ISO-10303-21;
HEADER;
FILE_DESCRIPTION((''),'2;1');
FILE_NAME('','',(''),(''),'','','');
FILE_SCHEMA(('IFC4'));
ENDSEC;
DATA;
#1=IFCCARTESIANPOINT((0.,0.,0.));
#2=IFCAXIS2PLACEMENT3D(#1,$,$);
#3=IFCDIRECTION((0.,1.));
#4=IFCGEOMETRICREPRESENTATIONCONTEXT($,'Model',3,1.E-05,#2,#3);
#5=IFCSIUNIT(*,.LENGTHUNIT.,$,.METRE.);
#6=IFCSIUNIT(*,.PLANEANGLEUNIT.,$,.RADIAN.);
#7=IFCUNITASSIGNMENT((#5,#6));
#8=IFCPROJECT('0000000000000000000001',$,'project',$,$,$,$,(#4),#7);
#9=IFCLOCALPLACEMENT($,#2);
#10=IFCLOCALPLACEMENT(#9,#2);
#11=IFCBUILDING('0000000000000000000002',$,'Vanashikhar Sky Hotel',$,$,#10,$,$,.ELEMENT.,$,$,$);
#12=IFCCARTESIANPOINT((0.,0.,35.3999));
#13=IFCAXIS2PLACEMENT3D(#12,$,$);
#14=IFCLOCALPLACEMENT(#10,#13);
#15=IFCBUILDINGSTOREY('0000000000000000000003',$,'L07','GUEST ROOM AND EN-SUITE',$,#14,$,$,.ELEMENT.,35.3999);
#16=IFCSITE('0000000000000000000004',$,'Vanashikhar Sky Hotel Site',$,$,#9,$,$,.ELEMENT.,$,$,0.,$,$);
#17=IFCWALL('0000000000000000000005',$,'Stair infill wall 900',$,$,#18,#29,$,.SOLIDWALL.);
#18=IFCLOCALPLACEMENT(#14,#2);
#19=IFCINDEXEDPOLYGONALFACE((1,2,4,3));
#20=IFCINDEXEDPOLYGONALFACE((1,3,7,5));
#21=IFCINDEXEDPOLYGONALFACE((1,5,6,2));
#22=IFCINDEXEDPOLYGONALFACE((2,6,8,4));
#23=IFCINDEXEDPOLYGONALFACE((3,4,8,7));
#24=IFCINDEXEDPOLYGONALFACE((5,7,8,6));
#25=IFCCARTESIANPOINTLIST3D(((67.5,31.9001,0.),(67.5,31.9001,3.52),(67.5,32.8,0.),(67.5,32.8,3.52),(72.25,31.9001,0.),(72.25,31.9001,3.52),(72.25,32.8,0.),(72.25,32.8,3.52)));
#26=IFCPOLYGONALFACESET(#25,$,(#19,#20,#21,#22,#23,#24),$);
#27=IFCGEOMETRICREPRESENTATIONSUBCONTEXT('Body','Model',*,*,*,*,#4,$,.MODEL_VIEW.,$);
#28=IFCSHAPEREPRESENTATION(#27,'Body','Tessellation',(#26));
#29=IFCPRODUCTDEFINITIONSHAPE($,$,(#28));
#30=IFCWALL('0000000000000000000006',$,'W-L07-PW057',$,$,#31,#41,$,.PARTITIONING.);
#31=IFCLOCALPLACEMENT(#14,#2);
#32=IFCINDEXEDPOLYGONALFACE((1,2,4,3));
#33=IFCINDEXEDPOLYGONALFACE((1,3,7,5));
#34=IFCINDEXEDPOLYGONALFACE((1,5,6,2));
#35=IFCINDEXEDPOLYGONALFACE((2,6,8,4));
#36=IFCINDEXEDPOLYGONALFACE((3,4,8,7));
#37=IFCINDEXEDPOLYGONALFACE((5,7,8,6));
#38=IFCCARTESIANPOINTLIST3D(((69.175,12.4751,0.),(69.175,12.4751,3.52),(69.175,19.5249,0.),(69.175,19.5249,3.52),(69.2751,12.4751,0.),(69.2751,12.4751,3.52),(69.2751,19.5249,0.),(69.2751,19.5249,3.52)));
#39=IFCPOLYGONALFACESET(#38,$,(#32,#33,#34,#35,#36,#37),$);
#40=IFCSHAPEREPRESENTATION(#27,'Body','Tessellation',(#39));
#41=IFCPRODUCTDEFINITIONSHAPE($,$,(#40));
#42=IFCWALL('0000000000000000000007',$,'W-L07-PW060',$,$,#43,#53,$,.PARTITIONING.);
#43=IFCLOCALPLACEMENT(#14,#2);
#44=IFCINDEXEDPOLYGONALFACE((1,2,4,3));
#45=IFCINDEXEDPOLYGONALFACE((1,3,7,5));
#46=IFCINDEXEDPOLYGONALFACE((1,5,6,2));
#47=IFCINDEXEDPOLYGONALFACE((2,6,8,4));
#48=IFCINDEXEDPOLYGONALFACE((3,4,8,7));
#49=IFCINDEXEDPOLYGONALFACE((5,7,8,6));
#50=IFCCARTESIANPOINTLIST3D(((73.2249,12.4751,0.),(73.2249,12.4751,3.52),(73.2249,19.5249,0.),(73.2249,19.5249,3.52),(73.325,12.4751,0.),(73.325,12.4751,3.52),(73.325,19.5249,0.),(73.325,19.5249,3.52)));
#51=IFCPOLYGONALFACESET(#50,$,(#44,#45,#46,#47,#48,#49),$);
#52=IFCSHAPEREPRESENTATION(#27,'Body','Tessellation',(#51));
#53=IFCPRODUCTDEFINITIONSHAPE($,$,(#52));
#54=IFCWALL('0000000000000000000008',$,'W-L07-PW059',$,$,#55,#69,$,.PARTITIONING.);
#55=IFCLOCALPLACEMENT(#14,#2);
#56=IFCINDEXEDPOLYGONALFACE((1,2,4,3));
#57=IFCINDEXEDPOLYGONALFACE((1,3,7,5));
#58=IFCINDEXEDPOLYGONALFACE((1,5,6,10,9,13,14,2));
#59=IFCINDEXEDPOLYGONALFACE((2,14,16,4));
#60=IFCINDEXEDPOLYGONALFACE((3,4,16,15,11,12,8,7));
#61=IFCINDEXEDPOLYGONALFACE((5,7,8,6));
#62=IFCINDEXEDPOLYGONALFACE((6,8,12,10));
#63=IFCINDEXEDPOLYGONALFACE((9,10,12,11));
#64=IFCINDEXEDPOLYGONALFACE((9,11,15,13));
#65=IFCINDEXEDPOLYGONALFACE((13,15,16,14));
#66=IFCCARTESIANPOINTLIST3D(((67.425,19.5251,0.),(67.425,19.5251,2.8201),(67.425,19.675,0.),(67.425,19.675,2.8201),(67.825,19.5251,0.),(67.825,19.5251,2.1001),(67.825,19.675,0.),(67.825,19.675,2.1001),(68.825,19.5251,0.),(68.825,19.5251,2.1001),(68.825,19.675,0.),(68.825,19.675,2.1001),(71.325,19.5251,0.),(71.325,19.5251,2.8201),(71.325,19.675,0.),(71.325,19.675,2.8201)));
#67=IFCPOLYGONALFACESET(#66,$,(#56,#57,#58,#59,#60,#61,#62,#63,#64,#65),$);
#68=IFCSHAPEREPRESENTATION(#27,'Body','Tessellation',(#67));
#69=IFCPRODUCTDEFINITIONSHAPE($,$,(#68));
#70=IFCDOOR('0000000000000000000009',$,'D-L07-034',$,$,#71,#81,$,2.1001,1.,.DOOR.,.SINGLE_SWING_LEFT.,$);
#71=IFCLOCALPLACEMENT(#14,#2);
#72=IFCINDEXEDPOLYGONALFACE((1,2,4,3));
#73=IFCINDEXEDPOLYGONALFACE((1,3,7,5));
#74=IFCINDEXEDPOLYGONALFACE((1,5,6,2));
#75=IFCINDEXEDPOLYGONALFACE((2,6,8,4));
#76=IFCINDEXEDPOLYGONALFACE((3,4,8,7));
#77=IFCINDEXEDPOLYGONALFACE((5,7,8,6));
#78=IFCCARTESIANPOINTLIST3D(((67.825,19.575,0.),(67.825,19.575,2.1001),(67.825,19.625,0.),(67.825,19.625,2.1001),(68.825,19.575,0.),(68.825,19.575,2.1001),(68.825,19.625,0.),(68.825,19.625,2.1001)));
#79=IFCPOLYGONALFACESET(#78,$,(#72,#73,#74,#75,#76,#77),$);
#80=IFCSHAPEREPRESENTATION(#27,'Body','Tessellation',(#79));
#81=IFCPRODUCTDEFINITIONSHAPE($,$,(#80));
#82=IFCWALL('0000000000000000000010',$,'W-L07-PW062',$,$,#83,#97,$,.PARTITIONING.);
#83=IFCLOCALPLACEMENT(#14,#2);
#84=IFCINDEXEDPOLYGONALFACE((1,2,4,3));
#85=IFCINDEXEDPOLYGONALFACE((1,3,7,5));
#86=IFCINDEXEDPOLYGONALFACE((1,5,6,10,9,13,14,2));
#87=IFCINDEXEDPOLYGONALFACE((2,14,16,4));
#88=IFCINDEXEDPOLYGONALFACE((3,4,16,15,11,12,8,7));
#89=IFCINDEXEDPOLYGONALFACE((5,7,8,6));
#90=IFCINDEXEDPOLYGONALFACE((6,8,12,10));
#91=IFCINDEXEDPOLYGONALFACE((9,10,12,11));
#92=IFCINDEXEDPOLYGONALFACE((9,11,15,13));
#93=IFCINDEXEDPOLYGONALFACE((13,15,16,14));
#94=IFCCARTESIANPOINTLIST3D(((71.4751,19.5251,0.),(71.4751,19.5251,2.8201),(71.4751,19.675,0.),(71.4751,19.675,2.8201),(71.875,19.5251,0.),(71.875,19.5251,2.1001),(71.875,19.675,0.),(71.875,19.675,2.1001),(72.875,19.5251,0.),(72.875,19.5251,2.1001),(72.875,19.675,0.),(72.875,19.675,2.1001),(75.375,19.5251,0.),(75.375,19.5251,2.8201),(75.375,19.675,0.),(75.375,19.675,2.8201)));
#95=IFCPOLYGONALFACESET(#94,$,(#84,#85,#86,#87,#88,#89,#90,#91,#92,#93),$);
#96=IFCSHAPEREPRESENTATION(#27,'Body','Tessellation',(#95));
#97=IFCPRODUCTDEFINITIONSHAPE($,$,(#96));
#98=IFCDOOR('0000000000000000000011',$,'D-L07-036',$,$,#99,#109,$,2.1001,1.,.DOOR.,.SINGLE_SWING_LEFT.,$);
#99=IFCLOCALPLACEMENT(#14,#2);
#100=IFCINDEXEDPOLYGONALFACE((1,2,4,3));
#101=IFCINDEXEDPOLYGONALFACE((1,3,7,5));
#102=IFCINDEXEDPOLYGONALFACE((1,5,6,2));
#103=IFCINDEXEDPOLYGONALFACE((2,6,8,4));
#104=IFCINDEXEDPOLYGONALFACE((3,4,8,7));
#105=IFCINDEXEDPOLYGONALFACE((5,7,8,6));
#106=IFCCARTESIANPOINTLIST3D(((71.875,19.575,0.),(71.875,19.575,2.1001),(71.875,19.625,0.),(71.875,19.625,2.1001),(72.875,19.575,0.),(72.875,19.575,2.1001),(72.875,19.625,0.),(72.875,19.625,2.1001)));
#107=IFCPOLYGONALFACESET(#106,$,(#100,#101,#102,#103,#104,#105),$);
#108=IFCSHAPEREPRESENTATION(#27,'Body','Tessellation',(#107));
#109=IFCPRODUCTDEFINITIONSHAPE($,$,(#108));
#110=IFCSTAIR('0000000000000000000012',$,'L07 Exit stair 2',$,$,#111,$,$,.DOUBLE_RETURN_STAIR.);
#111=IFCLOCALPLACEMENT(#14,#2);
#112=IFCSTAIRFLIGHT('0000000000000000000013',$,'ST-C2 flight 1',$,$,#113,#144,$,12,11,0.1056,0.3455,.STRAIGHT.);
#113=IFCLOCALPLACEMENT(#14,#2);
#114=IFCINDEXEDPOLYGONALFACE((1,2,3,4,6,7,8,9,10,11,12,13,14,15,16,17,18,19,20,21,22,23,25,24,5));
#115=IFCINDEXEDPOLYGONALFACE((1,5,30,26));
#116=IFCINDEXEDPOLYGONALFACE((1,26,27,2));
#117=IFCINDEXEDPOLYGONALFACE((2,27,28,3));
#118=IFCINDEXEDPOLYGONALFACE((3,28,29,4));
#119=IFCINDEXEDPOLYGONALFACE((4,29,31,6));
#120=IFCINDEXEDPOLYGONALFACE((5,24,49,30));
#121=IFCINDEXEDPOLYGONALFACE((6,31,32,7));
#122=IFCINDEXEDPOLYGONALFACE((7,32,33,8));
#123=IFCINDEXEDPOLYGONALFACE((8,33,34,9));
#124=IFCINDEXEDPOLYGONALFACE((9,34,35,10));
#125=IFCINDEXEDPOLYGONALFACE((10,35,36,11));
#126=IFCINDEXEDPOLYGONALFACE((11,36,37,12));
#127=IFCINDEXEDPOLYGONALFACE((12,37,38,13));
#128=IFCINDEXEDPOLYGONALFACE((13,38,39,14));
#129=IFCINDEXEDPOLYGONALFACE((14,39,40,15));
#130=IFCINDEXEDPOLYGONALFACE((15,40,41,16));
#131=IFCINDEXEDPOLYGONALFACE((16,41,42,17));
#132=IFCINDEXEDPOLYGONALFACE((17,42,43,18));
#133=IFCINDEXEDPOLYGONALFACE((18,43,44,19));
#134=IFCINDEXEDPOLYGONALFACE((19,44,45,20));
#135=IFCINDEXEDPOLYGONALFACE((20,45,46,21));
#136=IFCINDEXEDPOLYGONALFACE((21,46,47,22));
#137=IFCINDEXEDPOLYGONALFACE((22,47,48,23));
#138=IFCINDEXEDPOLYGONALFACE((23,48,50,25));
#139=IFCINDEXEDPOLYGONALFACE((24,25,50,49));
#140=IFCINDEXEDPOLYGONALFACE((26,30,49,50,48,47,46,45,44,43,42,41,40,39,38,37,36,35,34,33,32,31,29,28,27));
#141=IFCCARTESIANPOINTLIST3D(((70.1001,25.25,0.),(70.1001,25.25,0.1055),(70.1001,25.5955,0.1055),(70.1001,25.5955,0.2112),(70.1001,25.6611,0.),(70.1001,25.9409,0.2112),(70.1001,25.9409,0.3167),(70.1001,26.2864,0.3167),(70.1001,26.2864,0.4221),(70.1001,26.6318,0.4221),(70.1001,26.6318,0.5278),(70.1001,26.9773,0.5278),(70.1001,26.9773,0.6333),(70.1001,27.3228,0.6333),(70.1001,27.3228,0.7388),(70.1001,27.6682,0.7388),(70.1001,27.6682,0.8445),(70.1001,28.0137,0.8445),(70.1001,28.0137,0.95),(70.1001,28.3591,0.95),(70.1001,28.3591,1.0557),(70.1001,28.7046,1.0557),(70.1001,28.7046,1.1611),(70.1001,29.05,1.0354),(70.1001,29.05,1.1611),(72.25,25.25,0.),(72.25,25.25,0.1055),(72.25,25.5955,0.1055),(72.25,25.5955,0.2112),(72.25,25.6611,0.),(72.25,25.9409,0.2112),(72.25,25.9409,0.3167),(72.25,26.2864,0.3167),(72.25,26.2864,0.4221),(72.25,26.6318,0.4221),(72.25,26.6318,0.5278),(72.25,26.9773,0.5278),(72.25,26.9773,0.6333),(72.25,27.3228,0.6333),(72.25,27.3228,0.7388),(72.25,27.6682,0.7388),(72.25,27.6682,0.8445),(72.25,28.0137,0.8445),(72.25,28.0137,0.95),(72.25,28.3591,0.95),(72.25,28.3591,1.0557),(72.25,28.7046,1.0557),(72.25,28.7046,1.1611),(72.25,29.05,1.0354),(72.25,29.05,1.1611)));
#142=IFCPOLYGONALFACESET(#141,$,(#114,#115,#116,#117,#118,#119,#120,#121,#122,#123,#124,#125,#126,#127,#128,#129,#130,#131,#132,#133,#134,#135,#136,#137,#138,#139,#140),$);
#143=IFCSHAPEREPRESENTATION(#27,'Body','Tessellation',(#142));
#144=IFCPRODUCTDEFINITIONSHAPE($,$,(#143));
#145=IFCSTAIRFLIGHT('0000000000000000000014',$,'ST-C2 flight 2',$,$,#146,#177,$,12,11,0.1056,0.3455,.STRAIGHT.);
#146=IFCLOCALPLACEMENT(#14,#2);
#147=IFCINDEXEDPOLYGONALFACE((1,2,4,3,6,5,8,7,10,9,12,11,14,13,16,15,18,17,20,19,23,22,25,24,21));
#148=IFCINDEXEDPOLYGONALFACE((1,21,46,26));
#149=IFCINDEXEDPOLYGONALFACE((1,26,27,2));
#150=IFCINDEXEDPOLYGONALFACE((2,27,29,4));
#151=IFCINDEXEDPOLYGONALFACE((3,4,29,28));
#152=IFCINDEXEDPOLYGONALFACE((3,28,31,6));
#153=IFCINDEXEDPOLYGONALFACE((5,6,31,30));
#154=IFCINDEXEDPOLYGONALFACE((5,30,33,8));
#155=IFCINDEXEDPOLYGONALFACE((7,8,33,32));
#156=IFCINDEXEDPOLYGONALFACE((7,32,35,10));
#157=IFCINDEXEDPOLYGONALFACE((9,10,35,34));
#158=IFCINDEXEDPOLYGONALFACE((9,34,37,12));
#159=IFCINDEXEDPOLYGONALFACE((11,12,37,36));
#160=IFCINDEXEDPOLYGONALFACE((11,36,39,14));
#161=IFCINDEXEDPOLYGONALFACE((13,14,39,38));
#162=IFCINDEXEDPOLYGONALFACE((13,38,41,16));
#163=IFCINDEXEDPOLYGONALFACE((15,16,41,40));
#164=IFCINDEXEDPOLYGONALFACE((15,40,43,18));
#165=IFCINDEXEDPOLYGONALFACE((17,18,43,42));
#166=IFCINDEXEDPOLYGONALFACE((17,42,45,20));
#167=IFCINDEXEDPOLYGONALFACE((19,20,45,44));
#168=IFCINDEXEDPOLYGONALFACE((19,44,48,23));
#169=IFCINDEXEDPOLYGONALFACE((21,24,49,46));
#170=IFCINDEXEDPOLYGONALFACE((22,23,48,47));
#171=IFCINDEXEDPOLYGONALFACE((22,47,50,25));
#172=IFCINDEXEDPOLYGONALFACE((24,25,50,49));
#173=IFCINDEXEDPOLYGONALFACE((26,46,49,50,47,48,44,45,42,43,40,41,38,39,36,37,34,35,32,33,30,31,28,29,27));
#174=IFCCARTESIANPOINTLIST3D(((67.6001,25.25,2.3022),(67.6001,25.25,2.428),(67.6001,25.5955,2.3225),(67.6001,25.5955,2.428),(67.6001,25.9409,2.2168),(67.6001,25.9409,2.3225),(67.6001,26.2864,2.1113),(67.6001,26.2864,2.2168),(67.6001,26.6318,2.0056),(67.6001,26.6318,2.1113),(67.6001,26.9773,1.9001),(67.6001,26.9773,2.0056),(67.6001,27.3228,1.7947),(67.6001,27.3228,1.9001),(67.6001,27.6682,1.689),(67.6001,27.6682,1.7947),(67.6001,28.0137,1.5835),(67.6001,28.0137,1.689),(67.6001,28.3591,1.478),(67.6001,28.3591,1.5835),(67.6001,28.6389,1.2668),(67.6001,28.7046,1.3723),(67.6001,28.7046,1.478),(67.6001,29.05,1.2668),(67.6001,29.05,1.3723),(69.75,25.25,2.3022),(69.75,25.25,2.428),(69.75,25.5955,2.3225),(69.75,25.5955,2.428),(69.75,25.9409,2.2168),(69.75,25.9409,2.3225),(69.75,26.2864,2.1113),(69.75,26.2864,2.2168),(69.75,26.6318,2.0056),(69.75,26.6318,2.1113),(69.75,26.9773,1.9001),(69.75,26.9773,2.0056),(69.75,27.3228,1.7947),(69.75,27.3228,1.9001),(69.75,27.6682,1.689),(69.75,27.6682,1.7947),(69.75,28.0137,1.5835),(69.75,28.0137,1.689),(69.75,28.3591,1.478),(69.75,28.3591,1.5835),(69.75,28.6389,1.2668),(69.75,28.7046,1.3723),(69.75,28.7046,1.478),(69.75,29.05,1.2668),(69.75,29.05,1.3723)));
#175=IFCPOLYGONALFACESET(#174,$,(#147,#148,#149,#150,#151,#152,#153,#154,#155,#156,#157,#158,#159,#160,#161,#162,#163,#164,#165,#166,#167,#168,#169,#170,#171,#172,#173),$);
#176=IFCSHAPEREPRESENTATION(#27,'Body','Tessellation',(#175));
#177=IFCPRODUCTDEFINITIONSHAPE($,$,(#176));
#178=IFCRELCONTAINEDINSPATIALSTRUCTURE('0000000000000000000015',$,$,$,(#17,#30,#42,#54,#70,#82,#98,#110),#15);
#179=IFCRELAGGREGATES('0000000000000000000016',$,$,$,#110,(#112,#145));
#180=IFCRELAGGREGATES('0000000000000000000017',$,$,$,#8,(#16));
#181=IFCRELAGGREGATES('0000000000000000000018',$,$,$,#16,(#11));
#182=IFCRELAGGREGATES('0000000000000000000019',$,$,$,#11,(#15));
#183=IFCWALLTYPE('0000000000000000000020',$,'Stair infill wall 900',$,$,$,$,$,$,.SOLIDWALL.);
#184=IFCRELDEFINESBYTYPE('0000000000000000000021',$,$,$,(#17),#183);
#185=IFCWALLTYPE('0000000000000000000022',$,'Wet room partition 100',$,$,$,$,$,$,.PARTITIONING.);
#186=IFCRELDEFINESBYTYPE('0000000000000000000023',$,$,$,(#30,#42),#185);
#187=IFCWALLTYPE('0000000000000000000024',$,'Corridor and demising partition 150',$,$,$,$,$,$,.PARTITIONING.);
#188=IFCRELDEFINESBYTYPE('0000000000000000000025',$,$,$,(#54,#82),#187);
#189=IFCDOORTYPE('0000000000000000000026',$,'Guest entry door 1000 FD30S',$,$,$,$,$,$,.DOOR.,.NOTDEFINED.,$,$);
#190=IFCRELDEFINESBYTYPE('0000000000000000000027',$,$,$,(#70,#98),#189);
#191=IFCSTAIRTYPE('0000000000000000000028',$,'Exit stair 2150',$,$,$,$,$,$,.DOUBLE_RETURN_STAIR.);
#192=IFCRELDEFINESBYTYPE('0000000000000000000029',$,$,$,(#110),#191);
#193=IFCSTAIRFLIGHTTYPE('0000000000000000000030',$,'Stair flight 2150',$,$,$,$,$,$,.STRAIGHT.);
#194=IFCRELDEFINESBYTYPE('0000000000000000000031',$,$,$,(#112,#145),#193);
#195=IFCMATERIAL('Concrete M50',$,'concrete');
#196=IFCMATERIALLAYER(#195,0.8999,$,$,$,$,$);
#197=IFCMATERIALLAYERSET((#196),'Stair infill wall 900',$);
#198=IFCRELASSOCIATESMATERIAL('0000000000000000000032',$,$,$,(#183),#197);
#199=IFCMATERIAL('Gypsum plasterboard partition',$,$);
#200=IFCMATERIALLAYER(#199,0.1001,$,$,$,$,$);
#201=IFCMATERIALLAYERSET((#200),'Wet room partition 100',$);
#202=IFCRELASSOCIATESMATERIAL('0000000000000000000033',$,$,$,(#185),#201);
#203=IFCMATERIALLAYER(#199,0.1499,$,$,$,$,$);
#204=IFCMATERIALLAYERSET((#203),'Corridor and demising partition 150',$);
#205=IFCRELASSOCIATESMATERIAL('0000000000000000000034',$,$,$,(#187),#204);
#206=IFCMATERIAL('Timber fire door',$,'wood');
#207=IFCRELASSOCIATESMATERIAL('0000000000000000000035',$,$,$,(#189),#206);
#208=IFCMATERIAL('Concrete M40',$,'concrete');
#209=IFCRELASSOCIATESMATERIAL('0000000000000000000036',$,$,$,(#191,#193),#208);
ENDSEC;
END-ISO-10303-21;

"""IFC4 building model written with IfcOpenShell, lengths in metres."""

from ifc_helpers import new_model, si_unit, direction, frame, frame_2d, origin, place, context, subcontext, project, spatial, polyline, rectangle, outline, extrude, source, transform, mapped, material, layer, layer_set, type_object, element, fill, aggregate, save


model = new_model("IFC4")

# Units and contexts
model_context = context("Model", 3, precision=1e-05, world=origin(), true_north=direction((0.0, 1.0)))
body_context = subcontext(model_context, "Body", "Model", "MODEL_VIEW")
ifc_project = project(units=[si_unit("LENGTHUNIT", "METRE"), si_unit("PLANEANGLEUNIT", "RADIAN")], contexts=[model_context])

# Site, building, storey
site_placement = place(None, origin())
site = spatial("IfcSite", under=ifc_project, at=site_placement, Name="Vanashikhar Sky Hotel Site", CompositionType="ELEMENT", RefElevation=0.0)
building_placement = place(site_placement, origin())
building = spatial("IfcBuilding", under=site, at=building_placement, Name="Vanashikhar Sky Hotel", CompositionType="ELEMENT")
storey_placement = place(building_placement, frame((0.0, 0.0, 35.3999)))
storey = spatial("IfcBuildingStorey", under=building, at=storey_placement, Name="L07", Description="GUEST ROOM AND EN-SUITE", CompositionType="ELEMENT", Elevation=35.3999)

# Shared definitions
ifc_material_1 = material(Name="Concrete M50", Category="concrete")

# Shared definitions
ifc_material_2 = material(Name="Concrete M40", Category="concrete")

# Walls
ifc_layer_1 = layer(ifc_material_1, 0.8999)
ifc_layer_set_1 = layer_set([ifc_layer_1], Name="Stair infill wall 900")
wall_type_1 = type_object("IfcWallType", Name="Stair infill wall 900", PredefinedType="SOLIDWALL", material=ifc_layer_set_1)
shared_shape_1 = source(origin(), body_context, "Body", "SweptSolid", [
    extrude(rectangle(XDim=4.75, YDim=0.8999, at=frame_2d((2.375, 0.0))), origin(), (0.0, 0.0, 1.0), 3.52),
])
wall_1_placement = place(storey_placement, frame((67.5, 32.3501, 0.0), z_axis=(0.0, 0.0, 1.0), x_axis=(1.0, 0.0, 0.0)))
element("IfcWall", 1, at=wall_1_placement, inside=storey, type_object=wall_type_1, Name="Stair infill wall 900", PredefinedType="SOLIDWALL", context=body_context, shape_type="MappedRepresentation", body=[
    mapped(shared_shape_1, transform((0.0, 0.0, 0.0), scale=1.0)),
])
ifc_material_3 = material(Name="Gypsum plasterboard partition")
ifc_layer_2 = layer(ifc_material_3, 0.1001)
ifc_layer_set_2 = layer_set([ifc_layer_2], Name="Wet room partition 100")
wall_type_2 = type_object("IfcWallType", Name="Wet room partition 100", PredefinedType="PARTITIONING", material=ifc_layer_set_2)
shared_shape_2 = source(origin(), body_context, "Body", "SweptSolid", [
    extrude(rectangle(XDim=7.0498, YDim=0.1001, at=frame_2d((3.5249, 0.0))), origin(), (0.0, 0.0, 1.0), 3.52),
])
for number, where, z_axis, x_axis, name in (
    (2, (69.2251, 12.4751, 0.0), (0.0, 0.0, 1.0), (0.0, 1.0, 0.0), "W-L07-PW057"),
    (3, (73.2749, 12.4751, 0.0), (0.0, 0.0, 1.0), (0.0, 1.0, 0.0), "W-L07-PW060"),
):
    element("IfcWall", number, at=place(storey_placement, frame(where, z_axis=z_axis, x_axis=x_axis)), inside=storey, type_object=wall_type_2, Name=name, PredefinedType="PARTITIONING", context=body_context, shape_type="MappedRepresentation", body=[
        mapped(shared_shape_2, transform((0.0, 0.0, 0.0), scale=1.0)),
    ])

# Walls, openings, doors
ifc_layer_3 = layer(ifc_material_3, 0.1499)
ifc_layer_set_3 = layer_set([ifc_layer_3], Name="Corridor and demising partition 150")
wall_type_3 = type_object("IfcWallType", Name="Corridor and demising partition 150", PredefinedType="PARTITIONING", material=ifc_layer_set_3)
shared_shape_3 = source(origin(), body_context, "Body", "SweptSolid", [
    extrude(rectangle(XDim=3.8999, YDim=0.1499, at=frame_2d((1.95, 0.0))), origin(), (0.0, 0.0, 1.0), 2.8201),
])
wall_2_placement = place(storey_placement, frame((67.425, 19.6001, 0.0), z_axis=(0.0, 0.0, 1.0), x_axis=(1.0, 0.0, 0.0)))
wall_2 = element("IfcWall", 4, at=wall_2_placement, inside=storey, type_object=wall_type_3, Name="W-L07-PW059", PredefinedType="PARTITIONING", context=body_context, shape_type="MappedRepresentation", body=[
    mapped(shared_shape_3, transform((0.0, 0.0, 0.0), scale=1.0)),
])
shared_shape_4 = source(origin(), body_context, "Body", "SweptSolid", [
    extrude(rectangle(XDim=1.0, YDim=2.1001, at=frame_2d((0.5, 1.05))), frame((0.0, 0.085, 0.0), z_axis=(0.0, -1.0, 0.0), x_axis=(1.0, 0.0, 0.0)), (0.0, 0.0, 1.0), 0.1699),
])
opening_1_placement = place(wall_2_placement, frame((0.3999, 0.0, 0.0)))
opening_1 = element("IfcOpeningElement", 5, at=opening_1_placement, cuts=wall_2, PredefinedType="OPENING", context=body_context, shape_type="MappedRepresentation", body=[
    mapped(shared_shape_4, transform((0.0, 0.0, 0.0), scale=1.0)),
])
ifc_material_4 = material(Name="Timber fire door", Category="wood")
door_type_1 = type_object("IfcDoorType", Name="Guest entry door 1000 FD30S", OperationType="NOTDEFINED", PredefinedType="DOOR", material=ifc_material_4)
shared_shape_5 = source(origin(), body_context, "Body", "SweptSolid", [
    extrude(rectangle(XDim=1.0, YDim=2.1001, at=frame_2d((0.5, 1.05))), frame((0.0, 0.0249, 0.0), z_axis=(0.0, -1.0, 0.0), x_axis=(1.0, 0.0, 0.0)), (0.0, 0.0, 1.0), 0.05),
])
door_1_placement = place(opening_1_placement, origin())
door_1 = element("IfcDoor", 6, at=door_1_placement, inside=storey, type_object=door_type_1, Name="D-L07-034", OperationType="SINGLE_SWING_LEFT", OverallHeight=2.1001, OverallWidth=1.0, PredefinedType="DOOR", context=body_context, shape_type="MappedRepresentation", body=[
    mapped(shared_shape_5, transform((0.0, 0.0, 0.0), scale=1.0)),
])
fill(opening_1, door_1)
wall_3_placement = place(storey_placement, frame((71.4751, 19.6001, 0.0), z_axis=(0.0, 0.0, 1.0), x_axis=(1.0, 0.0, 0.0)))
wall_3 = element("IfcWall", 7, at=wall_3_placement, inside=storey, type_object=wall_type_3, Name="W-L07-PW062", PredefinedType="PARTITIONING", context=body_context, shape_type="MappedRepresentation", body=[
    mapped(shared_shape_3, transform((0.0, 0.0, 0.0), scale=1.0)),
])
opening_2_placement = place(wall_3_placement, frame((0.3999, 0.0, 0.0)))
opening_2 = element("IfcOpeningElement", 8, at=opening_2_placement, cuts=wall_3, PredefinedType="OPENING", context=body_context, shape_type="MappedRepresentation", body=[
    mapped(shared_shape_4, transform((0.0, 0.0, 0.0), scale=1.0)),
])
door_2_placement = place(opening_2_placement, origin())
door_2 = element("IfcDoor", 9, at=door_2_placement, inside=storey, type_object=door_type_1, Name="D-L07-036", OperationType="SINGLE_SWING_LEFT", OverallHeight=2.1001, OverallWidth=1.0, PredefinedType="DOOR", context=body_context, shape_type="MappedRepresentation", body=[
    mapped(shared_shape_5, transform((0.0, 0.0, 0.0), scale=1.0)),
])
fill(opening_2, door_2)

# Stair, stair flights
stair_type = type_object("IfcStairType", Name="Exit stair 2150", PredefinedType="DOUBLE_RETURN_STAIR", material=ifc_material_2)
stair_1_placement = place(storey_placement, origin())
stair_1 = element("IfcStair", 10, at=stair_1_placement, inside=storey, type_object=stair_type, Name="L07 Exit stair 2", PredefinedType="DOUBLE_RETURN_STAIR")
stair_flight_type = type_object("IfcStairFlightType", Name="Stair flight 2150", PredefinedType="STRAIGHT", material=ifc_material_2)
shared_shape_6 = source(origin(), body_context, "Body", "SweptSolid", [
    extrude(outline(polyline([(0.0, 0.0), (0.0, 0.1055), (0.3455, 0.1055), (0.3455, 0.2112), (0.6909, 0.2112), (0.6909, 0.3167), (1.0364, 0.3167), (1.0364, 0.4221), (1.3818, 0.4221), (1.3818, 0.5278), (1.7273, 0.5278), (1.7273, 0.6333), (2.0728, 0.6333), (2.0728, 0.7388), (2.4182, 0.7388), (2.4182, 0.8445), (2.7637, 0.8445), (2.7637, 0.95), (3.1091, 0.95), (3.1091, 1.0557), (3.4546, 1.0557), (3.4546, 1.1611), (3.8, 1.1611), (3.8, 1.2666), (3.8, 1.0354), (0.4111, 0.0), (0.0, 0.0)])), frame((0.0, 1.075, 0.0), z_axis=(0.0, -1.0, 0.0), x_axis=(1.0, 0.0, 0.0)), (0.0, 0.0, 1.0), 2.1499),
])
stair_flight_1_placement = place(storey_placement, frame((71.175, 25.25, 0.0), z_axis=(0.0, 0.0, 1.0), x_axis=(0.0, 1.0, 0.0)))
stair_flight_1 = element("IfcStairFlight", 11, at=stair_flight_1_placement, type_object=stair_flight_type, Name="ST-C2 flight 1", NumberOfRisers=12, NumberOfTreads=11, PredefinedType="STRAIGHT", RiserHeight=0.1056, TreadLength=0.3455, context=body_context, shape_type="MappedRepresentation", body=[
    mapped(shared_shape_6, transform((0.0, 0.0, 0.0), scale=1.0)),
])
stair_flight_2_placement = place(storey_placement, frame((68.675, 29.05, 1.2668), z_axis=(0.0, 0.0, 1.0), x_axis=(0.0, -1.0, 0.0)))
stair_flight_2 = element("IfcStairFlight", 12, at=stair_flight_2_placement, type_object=stair_flight_type, Name="ST-C2 flight 2", NumberOfRisers=12, NumberOfTreads=11, PredefinedType="STRAIGHT", RiserHeight=0.1056, TreadLength=0.3455, context=body_context, shape_type="MappedRepresentation", body=[
    mapped(shared_shape_6, transform((0.0, 0.0, 0.0), scale=1.0)),
])
aggregate(stair_1, [stair_flight_1, stair_flight_2])

save(model, "model.ifc")
